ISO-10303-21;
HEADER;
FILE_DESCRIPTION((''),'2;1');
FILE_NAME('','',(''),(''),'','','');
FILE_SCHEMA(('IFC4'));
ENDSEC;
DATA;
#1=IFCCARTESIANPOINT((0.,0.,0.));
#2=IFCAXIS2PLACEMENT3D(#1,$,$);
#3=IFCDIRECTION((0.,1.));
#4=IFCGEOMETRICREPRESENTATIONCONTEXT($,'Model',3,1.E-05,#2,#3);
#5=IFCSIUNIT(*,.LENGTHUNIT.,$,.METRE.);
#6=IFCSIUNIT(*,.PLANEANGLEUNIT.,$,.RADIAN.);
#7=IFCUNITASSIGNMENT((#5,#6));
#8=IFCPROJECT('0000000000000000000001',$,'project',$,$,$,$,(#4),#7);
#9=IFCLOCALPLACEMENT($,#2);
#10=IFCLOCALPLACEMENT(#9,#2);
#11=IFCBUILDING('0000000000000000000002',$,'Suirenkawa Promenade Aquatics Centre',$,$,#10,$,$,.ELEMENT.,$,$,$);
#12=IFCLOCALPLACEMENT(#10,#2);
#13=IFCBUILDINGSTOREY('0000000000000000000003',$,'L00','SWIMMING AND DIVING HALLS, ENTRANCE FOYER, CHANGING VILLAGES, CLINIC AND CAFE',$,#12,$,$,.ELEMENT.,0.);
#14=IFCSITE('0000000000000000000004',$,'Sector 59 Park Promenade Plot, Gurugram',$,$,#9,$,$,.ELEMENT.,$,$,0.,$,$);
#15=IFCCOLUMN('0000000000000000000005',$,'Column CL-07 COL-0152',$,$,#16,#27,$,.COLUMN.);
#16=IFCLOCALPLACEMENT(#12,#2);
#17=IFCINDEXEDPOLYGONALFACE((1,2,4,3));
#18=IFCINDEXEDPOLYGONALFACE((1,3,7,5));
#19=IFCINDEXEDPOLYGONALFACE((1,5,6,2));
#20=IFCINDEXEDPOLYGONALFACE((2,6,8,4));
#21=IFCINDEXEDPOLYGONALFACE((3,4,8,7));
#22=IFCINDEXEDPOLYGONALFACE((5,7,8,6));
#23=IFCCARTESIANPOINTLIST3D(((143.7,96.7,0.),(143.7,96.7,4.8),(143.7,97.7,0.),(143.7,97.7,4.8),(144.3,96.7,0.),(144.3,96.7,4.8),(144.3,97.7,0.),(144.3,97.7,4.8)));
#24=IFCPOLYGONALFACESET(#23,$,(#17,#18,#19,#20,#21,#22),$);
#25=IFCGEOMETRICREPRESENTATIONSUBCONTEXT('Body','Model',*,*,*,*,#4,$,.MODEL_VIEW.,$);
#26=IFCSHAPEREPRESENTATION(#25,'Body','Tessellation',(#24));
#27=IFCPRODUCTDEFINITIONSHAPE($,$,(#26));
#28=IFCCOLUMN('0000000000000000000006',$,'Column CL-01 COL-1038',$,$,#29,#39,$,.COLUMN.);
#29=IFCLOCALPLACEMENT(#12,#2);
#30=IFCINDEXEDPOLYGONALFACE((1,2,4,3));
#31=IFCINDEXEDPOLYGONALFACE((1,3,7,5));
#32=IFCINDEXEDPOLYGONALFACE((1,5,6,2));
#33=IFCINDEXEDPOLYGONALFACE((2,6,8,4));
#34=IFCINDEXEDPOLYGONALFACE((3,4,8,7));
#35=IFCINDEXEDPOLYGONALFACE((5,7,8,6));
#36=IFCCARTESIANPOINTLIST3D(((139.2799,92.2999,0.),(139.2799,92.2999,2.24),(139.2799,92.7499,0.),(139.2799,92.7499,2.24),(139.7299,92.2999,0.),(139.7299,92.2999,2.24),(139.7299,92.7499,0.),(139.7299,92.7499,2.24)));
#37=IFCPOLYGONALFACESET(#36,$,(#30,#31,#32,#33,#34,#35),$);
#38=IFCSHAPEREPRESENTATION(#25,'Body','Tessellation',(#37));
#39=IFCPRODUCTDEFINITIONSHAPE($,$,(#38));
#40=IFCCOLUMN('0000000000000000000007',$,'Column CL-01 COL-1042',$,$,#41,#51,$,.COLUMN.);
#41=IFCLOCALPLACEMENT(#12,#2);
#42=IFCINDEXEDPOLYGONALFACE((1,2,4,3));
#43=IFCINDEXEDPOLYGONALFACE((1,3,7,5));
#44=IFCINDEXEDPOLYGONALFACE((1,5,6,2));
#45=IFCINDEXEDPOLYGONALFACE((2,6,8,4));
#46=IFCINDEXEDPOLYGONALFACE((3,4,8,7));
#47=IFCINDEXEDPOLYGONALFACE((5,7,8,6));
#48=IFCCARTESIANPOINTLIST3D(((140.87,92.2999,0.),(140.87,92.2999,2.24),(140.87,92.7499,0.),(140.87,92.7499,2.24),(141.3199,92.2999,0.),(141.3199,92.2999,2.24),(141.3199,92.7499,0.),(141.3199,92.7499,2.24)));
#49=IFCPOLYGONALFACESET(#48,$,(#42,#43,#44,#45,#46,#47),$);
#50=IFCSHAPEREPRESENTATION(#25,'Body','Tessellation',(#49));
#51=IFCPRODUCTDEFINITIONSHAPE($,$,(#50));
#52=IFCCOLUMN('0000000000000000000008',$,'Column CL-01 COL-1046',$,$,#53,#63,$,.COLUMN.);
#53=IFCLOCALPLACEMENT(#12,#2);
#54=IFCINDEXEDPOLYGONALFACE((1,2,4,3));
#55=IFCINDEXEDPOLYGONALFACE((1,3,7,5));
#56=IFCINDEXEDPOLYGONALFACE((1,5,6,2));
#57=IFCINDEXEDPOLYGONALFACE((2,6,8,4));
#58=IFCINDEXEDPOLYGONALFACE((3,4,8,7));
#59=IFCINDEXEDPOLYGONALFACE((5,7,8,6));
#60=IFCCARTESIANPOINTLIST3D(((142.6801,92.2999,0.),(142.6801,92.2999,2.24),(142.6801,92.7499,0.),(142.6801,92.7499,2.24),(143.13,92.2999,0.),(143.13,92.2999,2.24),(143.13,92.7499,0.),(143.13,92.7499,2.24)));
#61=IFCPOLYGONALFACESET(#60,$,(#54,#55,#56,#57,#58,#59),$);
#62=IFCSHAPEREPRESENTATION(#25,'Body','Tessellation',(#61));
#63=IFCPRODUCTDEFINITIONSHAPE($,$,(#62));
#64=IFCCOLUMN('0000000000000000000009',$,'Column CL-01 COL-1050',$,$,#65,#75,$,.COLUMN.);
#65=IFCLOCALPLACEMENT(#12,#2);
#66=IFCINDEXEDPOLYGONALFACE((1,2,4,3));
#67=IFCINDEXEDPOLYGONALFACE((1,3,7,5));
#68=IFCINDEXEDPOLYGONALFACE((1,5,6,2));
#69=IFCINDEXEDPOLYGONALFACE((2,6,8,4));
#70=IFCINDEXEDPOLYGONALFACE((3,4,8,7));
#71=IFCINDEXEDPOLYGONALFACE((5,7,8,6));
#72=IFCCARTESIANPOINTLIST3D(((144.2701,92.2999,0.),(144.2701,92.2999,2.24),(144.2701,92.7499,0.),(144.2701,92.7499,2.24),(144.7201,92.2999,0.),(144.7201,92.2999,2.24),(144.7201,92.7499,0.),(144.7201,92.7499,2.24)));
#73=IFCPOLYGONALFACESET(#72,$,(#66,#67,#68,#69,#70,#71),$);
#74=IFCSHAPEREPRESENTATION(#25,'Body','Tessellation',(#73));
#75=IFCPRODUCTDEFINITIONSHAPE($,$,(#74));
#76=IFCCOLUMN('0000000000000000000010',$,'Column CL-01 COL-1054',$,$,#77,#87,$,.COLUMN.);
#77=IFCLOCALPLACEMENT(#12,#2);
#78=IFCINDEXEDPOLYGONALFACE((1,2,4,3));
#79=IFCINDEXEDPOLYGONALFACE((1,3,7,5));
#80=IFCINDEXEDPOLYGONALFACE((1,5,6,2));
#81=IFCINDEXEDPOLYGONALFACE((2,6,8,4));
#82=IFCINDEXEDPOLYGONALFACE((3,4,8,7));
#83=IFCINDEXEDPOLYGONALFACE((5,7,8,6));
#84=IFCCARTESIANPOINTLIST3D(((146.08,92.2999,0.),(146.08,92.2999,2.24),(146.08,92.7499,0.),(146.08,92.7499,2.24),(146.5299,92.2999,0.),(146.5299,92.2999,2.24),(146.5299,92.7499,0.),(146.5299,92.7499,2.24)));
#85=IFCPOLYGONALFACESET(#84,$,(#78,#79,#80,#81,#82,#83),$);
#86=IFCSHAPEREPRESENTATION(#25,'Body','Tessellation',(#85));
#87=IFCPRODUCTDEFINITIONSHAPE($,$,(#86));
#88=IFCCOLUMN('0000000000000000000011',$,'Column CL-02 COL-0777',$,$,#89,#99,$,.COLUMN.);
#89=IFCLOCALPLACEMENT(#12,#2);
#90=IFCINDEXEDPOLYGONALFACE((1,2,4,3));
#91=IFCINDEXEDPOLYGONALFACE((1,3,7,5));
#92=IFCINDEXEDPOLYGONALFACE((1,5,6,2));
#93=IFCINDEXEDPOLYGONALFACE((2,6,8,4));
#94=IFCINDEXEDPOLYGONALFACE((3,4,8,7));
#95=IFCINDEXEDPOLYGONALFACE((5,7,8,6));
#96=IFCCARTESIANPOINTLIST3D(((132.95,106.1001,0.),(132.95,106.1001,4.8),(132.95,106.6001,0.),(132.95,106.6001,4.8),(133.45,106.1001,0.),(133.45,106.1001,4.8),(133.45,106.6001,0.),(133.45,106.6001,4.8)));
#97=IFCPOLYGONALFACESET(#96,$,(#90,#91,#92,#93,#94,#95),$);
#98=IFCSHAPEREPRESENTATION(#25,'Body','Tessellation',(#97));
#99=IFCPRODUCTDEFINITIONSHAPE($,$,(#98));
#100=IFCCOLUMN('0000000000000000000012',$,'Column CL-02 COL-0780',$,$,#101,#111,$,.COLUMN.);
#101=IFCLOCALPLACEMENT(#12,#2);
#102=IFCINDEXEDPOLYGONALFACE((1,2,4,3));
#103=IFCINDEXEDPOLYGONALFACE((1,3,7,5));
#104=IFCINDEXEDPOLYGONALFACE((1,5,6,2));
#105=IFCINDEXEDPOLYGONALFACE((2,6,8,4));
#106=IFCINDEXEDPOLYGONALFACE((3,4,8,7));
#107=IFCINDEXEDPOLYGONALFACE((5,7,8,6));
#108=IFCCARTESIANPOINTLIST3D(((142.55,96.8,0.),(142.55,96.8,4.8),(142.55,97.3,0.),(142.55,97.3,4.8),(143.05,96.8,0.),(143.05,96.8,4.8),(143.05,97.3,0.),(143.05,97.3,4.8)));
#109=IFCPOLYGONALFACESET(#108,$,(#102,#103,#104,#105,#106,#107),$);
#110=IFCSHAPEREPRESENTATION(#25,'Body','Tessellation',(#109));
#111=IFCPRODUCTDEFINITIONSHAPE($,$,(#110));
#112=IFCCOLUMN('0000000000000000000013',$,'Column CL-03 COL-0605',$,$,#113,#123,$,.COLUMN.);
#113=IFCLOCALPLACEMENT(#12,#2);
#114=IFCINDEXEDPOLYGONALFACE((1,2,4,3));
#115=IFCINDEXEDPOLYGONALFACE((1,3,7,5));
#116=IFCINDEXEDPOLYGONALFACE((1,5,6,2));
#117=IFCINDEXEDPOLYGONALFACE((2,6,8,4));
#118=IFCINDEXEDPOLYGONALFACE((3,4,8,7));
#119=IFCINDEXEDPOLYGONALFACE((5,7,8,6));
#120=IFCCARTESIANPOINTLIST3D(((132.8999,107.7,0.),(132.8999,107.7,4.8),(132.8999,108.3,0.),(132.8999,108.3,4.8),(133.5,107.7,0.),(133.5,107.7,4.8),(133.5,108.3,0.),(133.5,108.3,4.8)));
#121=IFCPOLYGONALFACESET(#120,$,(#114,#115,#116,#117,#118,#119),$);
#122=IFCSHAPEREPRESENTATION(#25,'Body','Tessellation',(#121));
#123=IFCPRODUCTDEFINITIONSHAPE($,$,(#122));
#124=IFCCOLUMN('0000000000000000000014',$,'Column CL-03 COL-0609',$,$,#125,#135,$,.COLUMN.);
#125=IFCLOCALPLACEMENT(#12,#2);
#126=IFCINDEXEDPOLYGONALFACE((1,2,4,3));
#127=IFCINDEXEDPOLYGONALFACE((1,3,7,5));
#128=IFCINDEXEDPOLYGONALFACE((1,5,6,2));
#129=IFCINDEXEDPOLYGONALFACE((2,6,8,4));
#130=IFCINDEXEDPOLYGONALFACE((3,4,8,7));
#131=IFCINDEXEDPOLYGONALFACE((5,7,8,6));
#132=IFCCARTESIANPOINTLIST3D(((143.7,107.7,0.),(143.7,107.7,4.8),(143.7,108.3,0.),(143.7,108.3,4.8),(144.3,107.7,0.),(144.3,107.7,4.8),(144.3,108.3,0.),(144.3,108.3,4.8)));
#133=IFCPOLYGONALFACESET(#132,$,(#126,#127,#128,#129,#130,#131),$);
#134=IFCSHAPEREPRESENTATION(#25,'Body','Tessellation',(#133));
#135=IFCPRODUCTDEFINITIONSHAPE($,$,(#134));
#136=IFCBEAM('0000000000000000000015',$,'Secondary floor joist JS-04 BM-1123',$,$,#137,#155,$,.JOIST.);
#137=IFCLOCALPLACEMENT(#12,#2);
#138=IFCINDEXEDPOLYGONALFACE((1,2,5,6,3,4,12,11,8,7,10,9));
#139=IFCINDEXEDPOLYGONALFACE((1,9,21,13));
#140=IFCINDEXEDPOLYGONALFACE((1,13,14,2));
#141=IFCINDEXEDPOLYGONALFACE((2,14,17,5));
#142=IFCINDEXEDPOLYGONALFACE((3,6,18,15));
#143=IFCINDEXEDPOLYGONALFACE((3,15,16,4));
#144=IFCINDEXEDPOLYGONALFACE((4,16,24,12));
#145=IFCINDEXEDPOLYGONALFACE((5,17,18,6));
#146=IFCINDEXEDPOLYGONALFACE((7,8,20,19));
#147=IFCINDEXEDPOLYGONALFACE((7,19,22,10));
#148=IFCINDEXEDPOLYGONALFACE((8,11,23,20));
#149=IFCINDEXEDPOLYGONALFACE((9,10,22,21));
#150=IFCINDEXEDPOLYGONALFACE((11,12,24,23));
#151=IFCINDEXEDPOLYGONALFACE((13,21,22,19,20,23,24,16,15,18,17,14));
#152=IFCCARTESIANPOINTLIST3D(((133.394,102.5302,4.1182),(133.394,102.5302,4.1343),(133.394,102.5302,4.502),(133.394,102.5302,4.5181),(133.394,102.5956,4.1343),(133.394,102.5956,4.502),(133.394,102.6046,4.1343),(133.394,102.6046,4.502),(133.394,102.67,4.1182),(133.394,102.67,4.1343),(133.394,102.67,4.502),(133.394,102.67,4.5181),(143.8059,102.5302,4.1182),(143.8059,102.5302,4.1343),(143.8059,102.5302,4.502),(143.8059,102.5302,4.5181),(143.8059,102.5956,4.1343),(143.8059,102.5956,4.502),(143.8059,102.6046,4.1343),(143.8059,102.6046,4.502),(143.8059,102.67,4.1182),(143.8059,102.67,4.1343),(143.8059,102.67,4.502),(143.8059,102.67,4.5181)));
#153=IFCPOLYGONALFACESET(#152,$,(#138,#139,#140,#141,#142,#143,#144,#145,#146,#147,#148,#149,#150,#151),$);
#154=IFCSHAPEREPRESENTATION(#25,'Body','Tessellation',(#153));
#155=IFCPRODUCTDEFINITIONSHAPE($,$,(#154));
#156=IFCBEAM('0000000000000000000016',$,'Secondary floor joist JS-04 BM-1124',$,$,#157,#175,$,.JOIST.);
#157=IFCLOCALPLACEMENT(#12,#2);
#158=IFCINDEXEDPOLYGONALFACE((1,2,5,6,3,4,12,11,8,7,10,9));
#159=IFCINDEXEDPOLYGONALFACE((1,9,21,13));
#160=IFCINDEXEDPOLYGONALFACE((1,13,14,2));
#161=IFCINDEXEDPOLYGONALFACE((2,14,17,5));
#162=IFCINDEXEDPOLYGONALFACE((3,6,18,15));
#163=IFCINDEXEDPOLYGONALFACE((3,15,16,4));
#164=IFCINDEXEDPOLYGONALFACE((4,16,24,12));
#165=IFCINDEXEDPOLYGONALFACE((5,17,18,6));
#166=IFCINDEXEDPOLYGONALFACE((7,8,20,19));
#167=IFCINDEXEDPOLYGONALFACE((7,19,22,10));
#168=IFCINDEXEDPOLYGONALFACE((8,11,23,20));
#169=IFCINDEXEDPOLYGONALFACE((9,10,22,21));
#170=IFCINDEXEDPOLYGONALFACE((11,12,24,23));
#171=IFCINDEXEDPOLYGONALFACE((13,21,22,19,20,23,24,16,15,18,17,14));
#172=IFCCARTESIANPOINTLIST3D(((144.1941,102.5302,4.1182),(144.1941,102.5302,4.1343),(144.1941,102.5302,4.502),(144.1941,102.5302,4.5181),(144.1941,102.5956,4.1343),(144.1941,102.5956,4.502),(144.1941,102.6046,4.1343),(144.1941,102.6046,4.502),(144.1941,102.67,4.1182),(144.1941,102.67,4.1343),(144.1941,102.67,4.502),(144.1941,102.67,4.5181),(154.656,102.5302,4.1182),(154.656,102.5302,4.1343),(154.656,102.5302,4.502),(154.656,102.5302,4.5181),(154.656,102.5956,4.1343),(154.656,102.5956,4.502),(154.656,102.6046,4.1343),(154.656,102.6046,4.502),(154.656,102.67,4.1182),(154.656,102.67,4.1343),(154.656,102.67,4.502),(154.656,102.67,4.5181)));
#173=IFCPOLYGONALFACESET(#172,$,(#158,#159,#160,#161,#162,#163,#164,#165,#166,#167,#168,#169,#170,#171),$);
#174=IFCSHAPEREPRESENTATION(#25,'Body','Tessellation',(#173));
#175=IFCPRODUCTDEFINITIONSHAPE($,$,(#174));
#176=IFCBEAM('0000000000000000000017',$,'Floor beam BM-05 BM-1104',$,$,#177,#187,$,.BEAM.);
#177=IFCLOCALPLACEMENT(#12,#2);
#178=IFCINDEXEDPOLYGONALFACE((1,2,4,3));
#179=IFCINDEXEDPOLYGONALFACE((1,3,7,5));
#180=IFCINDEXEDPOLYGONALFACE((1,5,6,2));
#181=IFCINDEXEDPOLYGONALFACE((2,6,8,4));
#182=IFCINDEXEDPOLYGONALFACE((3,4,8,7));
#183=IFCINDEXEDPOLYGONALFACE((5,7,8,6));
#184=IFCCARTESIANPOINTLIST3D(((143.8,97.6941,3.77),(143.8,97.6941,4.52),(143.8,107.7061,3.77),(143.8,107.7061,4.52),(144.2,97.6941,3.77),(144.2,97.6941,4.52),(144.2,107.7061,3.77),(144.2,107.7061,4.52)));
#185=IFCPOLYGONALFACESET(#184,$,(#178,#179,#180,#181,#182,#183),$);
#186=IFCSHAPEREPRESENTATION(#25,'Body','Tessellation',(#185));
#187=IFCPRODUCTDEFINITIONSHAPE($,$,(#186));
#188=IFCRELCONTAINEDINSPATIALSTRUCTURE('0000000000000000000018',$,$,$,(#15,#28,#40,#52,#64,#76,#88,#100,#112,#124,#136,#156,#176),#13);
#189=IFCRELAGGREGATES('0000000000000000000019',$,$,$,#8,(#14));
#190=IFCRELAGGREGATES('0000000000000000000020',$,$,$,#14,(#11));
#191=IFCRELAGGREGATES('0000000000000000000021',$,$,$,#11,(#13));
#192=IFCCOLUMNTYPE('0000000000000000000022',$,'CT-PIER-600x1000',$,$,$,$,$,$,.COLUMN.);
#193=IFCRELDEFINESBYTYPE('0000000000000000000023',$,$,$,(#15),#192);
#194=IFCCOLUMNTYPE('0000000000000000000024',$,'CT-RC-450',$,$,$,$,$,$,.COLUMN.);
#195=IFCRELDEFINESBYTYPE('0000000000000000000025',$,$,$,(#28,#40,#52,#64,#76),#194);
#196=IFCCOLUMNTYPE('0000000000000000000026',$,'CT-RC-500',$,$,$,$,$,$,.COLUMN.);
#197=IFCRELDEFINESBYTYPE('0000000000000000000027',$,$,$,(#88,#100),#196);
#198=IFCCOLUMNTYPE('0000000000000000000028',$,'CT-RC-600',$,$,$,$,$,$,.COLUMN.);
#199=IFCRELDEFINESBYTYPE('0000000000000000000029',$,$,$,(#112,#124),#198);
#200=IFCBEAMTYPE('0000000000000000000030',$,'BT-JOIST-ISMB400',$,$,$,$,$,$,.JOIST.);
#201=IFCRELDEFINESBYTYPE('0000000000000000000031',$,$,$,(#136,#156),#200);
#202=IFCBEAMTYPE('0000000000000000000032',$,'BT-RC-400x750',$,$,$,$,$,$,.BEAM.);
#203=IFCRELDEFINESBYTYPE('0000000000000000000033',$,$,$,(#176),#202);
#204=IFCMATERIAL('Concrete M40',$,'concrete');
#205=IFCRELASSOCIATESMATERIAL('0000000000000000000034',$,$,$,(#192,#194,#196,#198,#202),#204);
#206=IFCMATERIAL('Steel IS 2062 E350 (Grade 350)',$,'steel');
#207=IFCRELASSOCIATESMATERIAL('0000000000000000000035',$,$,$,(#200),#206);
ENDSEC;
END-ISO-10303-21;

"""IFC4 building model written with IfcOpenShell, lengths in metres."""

from ifc_helpers import new_model, si_unit, direction, frame, origin, origin_2d, place, context, subcontext, project, spatial, rectangle, i_section, extrude, material, material_profile, profile_set, type_object, element, save


model = new_model("IFC4")

# Units and contexts
model_context = context("Model", 3, precision=1e-05, world=origin(), true_north=direction((0.0, 1.0)))
body_context = subcontext(model_context, "Body", "Model", "MODEL_VIEW")
ifc_project = project(units=[si_unit("LENGTHUNIT", "METRE"), si_unit("PLANEANGLEUNIT", "RADIAN")], contexts=[model_context])

# Site, building, storey
site_placement = place(None, origin())
site = spatial("IfcSite", under=ifc_project, at=site_placement, Name="Sector 59 Park Promenade Plot, Gurugram", CompositionType="ELEMENT", RefElevation=0.0)
building_placement = place(site_placement, origin())
building = spatial("IfcBuilding", under=site, at=building_placement, Name="Suirenkawa Promenade Aquatics Centre", CompositionType="ELEMENT")
storey_placement = place(building_placement, origin())
storey = spatial("IfcBuildingStorey", under=building, at=storey_placement, Name="L00", Description="SWIMMING AND DIVING HALLS, ENTRANCE FOYER, CHANGING VILLAGES, CLINIC AND CAFE", CompositionType="ELEMENT", Elevation=0.0)

# Columns
ifc_material_1 = material(Name="Concrete M40", Category="concrete")
ifc_material_profile_1 = material_profile(ifc_material_1, rectangle(XDim=0.6001, YDim=1.0, at=origin_2d()), Name="RC PIER 600x1000", Category="concrete")
ifc_profile_set_1 = profile_set([ifc_material_profile_1], Name="Concrete M40")
column_type_1 = type_object("IfcColumnType", Name="CT-PIER-600x1000", PredefinedType="COLUMN", material=ifc_profile_set_1)
column_placement = place(storey_placement, frame((144.0, 97.2, 0.0), z_axis=(0.0, 0.0, 1.0), x_axis=(1.0, 0.0, 0.0)))
element("IfcColumn", 1, at=column_placement, inside=storey, type_object=column_type_1, Name="Column CL-07 COL-0152", PredefinedType="COLUMN", context=body_context, shape_type="SweptSolid", body=[
    extrude(rectangle(XDim=0.6001, YDim=1.0, at=origin_2d()), origin(), (0.0, 0.0, 1.0), 4.8),
])
ifc_material_profile_2 = material_profile(ifc_material_1, rectangle(XDim=0.45, YDim=0.45, at=origin_2d()), Name="RC COL 450x450", Category="concrete")
ifc_profile_set_2 = profile_set([ifc_material_profile_2], Name="Concrete M40")
column_type_2 = type_object("IfcColumnType", Name="CT-RC-450", PredefinedType="COLUMN", material=ifc_profile_set_2)
for number, where, z_axis, x_axis, name in (
    (2, (139.5049, 92.5249, 0.0), (0.0, 0.0, 1.0), (1.0, 0.0, 0.0), "Column CL-01 COL-1038"),
    (3, (141.095, 92.5249, 0.0), (0.0, 0.0, 1.0), (1.0, 0.0, 0.0), "Column CL-01 COL-1042"),
    (4, (142.905, 92.5249, 0.0), (0.0, 0.0, 1.0), (1.0, 0.0, 0.0), "Column CL-01 COL-1046"),
    (5, (144.4951, 92.5249, 0.0), (0.0, 0.0, 1.0), (1.0, 0.0, 0.0), "Column CL-01 COL-1050"),
    (6, (146.3049, 92.5249, 0.0), (0.0, 0.0, 1.0), (1.0, 0.0, 0.0), "Column CL-01 COL-1054"),
):
    element("IfcColumn", number, at=place(storey_placement, frame(where, z_axis=z_axis, x_axis=x_axis)), inside=storey, type_object=column_type_2, Name=name, PredefinedType="COLUMN", context=body_context, shape_type="SweptSolid", body=[
        extrude(rectangle(XDim=0.45, YDim=0.45, at=origin_2d()), origin(), (0.0, 0.0, 1.0), 2.24),
    ])
ifc_material_profile_3 = material_profile(ifc_material_1, rectangle(XDim=0.5, YDim=0.5, at=origin_2d()), Name="RC COL 500x500", Category="concrete")
ifc_profile_set_3 = profile_set([ifc_material_profile_3], Name="Concrete M40")
column_type_3 = type_object("IfcColumnType", Name="CT-RC-500", PredefinedType="COLUMN", material=ifc_profile_set_3)
for number, where, z_axis, x_axis, name in (
    (7, (133.2, 106.3501, 0.0), (0.0, 0.0, 1.0), (1.0, 0.0, 0.0), "Column CL-02 COL-0777"),
    (8, (142.8, 97.05, 0.0), (0.0, 0.0, 1.0), (1.0, 0.0, 0.0), "Column CL-02 COL-0780"),
):
    element("IfcColumn", number, at=place(storey_placement, frame(where, z_axis=z_axis, x_axis=x_axis)), inside=storey, type_object=column_type_3, Name=name, PredefinedType="COLUMN", context=body_context, shape_type="SweptSolid", body=[
        extrude(rectangle(XDim=0.5, YDim=0.5, at=origin_2d()), origin(), (0.0, 0.0, 1.0), 4.8),
    ])
ifc_material_profile_4 = material_profile(ifc_material_1, rectangle(XDim=0.6001, YDim=0.6001, at=origin_2d()), Name="RC COL 600x600", Category="concrete")
ifc_profile_set_4 = profile_set([ifc_material_profile_4], Name="Concrete M40")
column_type_4 = type_object("IfcColumnType", Name="CT-RC-600", PredefinedType="COLUMN", material=ifc_profile_set_4)
for number, where, z_axis, x_axis, name in (
    (9, (133.2, 108.0, 0.0), (0.0, 0.0, 1.0), (1.0, 0.0, 0.0), "Column CL-03 COL-0605"),
    (10, (144.0, 108.0, 0.0), (0.0, 0.0, 1.0), (1.0, 0.0, 0.0), "Column CL-03 COL-0609"),
):
    element("IfcColumn", number, at=place(storey_placement, frame(where, z_axis=z_axis, x_axis=x_axis)), inside=storey, type_object=column_type_4, Name=name, PredefinedType="COLUMN", context=body_context, shape_type="SweptSolid", body=[
        extrude(rectangle(XDim=0.6001, YDim=0.6001, at=origin_2d()), origin(), (0.0, 0.0, 1.0), 4.8),
    ])

# Beams
ifc_material_2 = material(Name="Steel IS 2062 E350 (Grade 350)", Category="steel")
ifc_material_profile_5 = material_profile(ifc_material_2, i_section(OverallWidth=0.1399, OverallDepth=0.3999, WebThickness=0.009, FlangeThickness=0.0161, at=origin_2d()), Name="ISMB 400", Category="steel")
ifc_profile_set_5 = profile_set([ifc_material_profile_5], Name="Steel IS 2062 E350 (Grade 350)")
beam_type_1 = type_object("IfcBeamType", Name="BT-JOIST-ISMB400", PredefinedType="JOIST", material=ifc_profile_set_5)
beam_1_placement = place(storey_placement, frame((133.394, 102.6001, 4.3181), z_axis=(1.0, 0.0, 0.0), x_axis=(0.0, 1.0, 0.0)))
element("IfcBeam", 11, at=beam_1_placement, inside=storey, type_object=beam_type_1, Name="Secondary floor joist JS-04 BM-1123", PredefinedType="JOIST", context=body_context, shape_type="SweptSolid", body=[
    extrude(i_section(OverallWidth=0.1399, OverallDepth=0.3999, WebThickness=0.009, FlangeThickness=0.0161, at=origin_2d()), origin(), (0.0, 0.0, 1.0), 10.4119),
])
beam_2_placement = place(storey_placement, frame((144.1941, 102.6001, 4.3181), z_axis=(1.0, 0.0, 0.0), x_axis=(0.0, 1.0, 0.0)))
element("IfcBeam", 12, at=beam_2_placement, inside=storey, type_object=beam_type_1, Name="Secondary floor joist JS-04 BM-1124", PredefinedType="JOIST", context=body_context, shape_type="SweptSolid", body=[
    extrude(i_section(OverallWidth=0.1399, OverallDepth=0.3999, WebThickness=0.009, FlangeThickness=0.0161, at=origin_2d()), origin(), (0.0, 0.0, 1.0), 10.4619),
])
ifc_material_profile_6 = material_profile(ifc_material_1, rectangle(XDim=0.3999, YDim=0.75, at=origin_2d()), Name="RC BM 400x750", Category="concrete")
ifc_profile_set_6 = profile_set([ifc_material_profile_6], Name="Concrete M40")
beam_type_2 = type_object("IfcBeamType", Name="BT-RC-400x750", PredefinedType="BEAM", material=ifc_profile_set_6)
beam_3_placement = place(storey_placement, frame((144.0, 97.6941, 4.145), z_axis=(0.0, 1.0, 0.0), x_axis=(-1.0, 0.0, 0.0)))
element("IfcBeam", 13, at=beam_3_placement, inside=storey, type_object=beam_type_2, Name="Floor beam BM-05 BM-1104", PredefinedType="BEAM", context=body_context, shape_type="SweptSolid", body=[
    extrude(rectangle(XDim=0.3999, YDim=0.75, at=origin_2d()), origin(), (0.0, 0.0, 1.0), 10.012),
])

save(model, "model.ifc")
